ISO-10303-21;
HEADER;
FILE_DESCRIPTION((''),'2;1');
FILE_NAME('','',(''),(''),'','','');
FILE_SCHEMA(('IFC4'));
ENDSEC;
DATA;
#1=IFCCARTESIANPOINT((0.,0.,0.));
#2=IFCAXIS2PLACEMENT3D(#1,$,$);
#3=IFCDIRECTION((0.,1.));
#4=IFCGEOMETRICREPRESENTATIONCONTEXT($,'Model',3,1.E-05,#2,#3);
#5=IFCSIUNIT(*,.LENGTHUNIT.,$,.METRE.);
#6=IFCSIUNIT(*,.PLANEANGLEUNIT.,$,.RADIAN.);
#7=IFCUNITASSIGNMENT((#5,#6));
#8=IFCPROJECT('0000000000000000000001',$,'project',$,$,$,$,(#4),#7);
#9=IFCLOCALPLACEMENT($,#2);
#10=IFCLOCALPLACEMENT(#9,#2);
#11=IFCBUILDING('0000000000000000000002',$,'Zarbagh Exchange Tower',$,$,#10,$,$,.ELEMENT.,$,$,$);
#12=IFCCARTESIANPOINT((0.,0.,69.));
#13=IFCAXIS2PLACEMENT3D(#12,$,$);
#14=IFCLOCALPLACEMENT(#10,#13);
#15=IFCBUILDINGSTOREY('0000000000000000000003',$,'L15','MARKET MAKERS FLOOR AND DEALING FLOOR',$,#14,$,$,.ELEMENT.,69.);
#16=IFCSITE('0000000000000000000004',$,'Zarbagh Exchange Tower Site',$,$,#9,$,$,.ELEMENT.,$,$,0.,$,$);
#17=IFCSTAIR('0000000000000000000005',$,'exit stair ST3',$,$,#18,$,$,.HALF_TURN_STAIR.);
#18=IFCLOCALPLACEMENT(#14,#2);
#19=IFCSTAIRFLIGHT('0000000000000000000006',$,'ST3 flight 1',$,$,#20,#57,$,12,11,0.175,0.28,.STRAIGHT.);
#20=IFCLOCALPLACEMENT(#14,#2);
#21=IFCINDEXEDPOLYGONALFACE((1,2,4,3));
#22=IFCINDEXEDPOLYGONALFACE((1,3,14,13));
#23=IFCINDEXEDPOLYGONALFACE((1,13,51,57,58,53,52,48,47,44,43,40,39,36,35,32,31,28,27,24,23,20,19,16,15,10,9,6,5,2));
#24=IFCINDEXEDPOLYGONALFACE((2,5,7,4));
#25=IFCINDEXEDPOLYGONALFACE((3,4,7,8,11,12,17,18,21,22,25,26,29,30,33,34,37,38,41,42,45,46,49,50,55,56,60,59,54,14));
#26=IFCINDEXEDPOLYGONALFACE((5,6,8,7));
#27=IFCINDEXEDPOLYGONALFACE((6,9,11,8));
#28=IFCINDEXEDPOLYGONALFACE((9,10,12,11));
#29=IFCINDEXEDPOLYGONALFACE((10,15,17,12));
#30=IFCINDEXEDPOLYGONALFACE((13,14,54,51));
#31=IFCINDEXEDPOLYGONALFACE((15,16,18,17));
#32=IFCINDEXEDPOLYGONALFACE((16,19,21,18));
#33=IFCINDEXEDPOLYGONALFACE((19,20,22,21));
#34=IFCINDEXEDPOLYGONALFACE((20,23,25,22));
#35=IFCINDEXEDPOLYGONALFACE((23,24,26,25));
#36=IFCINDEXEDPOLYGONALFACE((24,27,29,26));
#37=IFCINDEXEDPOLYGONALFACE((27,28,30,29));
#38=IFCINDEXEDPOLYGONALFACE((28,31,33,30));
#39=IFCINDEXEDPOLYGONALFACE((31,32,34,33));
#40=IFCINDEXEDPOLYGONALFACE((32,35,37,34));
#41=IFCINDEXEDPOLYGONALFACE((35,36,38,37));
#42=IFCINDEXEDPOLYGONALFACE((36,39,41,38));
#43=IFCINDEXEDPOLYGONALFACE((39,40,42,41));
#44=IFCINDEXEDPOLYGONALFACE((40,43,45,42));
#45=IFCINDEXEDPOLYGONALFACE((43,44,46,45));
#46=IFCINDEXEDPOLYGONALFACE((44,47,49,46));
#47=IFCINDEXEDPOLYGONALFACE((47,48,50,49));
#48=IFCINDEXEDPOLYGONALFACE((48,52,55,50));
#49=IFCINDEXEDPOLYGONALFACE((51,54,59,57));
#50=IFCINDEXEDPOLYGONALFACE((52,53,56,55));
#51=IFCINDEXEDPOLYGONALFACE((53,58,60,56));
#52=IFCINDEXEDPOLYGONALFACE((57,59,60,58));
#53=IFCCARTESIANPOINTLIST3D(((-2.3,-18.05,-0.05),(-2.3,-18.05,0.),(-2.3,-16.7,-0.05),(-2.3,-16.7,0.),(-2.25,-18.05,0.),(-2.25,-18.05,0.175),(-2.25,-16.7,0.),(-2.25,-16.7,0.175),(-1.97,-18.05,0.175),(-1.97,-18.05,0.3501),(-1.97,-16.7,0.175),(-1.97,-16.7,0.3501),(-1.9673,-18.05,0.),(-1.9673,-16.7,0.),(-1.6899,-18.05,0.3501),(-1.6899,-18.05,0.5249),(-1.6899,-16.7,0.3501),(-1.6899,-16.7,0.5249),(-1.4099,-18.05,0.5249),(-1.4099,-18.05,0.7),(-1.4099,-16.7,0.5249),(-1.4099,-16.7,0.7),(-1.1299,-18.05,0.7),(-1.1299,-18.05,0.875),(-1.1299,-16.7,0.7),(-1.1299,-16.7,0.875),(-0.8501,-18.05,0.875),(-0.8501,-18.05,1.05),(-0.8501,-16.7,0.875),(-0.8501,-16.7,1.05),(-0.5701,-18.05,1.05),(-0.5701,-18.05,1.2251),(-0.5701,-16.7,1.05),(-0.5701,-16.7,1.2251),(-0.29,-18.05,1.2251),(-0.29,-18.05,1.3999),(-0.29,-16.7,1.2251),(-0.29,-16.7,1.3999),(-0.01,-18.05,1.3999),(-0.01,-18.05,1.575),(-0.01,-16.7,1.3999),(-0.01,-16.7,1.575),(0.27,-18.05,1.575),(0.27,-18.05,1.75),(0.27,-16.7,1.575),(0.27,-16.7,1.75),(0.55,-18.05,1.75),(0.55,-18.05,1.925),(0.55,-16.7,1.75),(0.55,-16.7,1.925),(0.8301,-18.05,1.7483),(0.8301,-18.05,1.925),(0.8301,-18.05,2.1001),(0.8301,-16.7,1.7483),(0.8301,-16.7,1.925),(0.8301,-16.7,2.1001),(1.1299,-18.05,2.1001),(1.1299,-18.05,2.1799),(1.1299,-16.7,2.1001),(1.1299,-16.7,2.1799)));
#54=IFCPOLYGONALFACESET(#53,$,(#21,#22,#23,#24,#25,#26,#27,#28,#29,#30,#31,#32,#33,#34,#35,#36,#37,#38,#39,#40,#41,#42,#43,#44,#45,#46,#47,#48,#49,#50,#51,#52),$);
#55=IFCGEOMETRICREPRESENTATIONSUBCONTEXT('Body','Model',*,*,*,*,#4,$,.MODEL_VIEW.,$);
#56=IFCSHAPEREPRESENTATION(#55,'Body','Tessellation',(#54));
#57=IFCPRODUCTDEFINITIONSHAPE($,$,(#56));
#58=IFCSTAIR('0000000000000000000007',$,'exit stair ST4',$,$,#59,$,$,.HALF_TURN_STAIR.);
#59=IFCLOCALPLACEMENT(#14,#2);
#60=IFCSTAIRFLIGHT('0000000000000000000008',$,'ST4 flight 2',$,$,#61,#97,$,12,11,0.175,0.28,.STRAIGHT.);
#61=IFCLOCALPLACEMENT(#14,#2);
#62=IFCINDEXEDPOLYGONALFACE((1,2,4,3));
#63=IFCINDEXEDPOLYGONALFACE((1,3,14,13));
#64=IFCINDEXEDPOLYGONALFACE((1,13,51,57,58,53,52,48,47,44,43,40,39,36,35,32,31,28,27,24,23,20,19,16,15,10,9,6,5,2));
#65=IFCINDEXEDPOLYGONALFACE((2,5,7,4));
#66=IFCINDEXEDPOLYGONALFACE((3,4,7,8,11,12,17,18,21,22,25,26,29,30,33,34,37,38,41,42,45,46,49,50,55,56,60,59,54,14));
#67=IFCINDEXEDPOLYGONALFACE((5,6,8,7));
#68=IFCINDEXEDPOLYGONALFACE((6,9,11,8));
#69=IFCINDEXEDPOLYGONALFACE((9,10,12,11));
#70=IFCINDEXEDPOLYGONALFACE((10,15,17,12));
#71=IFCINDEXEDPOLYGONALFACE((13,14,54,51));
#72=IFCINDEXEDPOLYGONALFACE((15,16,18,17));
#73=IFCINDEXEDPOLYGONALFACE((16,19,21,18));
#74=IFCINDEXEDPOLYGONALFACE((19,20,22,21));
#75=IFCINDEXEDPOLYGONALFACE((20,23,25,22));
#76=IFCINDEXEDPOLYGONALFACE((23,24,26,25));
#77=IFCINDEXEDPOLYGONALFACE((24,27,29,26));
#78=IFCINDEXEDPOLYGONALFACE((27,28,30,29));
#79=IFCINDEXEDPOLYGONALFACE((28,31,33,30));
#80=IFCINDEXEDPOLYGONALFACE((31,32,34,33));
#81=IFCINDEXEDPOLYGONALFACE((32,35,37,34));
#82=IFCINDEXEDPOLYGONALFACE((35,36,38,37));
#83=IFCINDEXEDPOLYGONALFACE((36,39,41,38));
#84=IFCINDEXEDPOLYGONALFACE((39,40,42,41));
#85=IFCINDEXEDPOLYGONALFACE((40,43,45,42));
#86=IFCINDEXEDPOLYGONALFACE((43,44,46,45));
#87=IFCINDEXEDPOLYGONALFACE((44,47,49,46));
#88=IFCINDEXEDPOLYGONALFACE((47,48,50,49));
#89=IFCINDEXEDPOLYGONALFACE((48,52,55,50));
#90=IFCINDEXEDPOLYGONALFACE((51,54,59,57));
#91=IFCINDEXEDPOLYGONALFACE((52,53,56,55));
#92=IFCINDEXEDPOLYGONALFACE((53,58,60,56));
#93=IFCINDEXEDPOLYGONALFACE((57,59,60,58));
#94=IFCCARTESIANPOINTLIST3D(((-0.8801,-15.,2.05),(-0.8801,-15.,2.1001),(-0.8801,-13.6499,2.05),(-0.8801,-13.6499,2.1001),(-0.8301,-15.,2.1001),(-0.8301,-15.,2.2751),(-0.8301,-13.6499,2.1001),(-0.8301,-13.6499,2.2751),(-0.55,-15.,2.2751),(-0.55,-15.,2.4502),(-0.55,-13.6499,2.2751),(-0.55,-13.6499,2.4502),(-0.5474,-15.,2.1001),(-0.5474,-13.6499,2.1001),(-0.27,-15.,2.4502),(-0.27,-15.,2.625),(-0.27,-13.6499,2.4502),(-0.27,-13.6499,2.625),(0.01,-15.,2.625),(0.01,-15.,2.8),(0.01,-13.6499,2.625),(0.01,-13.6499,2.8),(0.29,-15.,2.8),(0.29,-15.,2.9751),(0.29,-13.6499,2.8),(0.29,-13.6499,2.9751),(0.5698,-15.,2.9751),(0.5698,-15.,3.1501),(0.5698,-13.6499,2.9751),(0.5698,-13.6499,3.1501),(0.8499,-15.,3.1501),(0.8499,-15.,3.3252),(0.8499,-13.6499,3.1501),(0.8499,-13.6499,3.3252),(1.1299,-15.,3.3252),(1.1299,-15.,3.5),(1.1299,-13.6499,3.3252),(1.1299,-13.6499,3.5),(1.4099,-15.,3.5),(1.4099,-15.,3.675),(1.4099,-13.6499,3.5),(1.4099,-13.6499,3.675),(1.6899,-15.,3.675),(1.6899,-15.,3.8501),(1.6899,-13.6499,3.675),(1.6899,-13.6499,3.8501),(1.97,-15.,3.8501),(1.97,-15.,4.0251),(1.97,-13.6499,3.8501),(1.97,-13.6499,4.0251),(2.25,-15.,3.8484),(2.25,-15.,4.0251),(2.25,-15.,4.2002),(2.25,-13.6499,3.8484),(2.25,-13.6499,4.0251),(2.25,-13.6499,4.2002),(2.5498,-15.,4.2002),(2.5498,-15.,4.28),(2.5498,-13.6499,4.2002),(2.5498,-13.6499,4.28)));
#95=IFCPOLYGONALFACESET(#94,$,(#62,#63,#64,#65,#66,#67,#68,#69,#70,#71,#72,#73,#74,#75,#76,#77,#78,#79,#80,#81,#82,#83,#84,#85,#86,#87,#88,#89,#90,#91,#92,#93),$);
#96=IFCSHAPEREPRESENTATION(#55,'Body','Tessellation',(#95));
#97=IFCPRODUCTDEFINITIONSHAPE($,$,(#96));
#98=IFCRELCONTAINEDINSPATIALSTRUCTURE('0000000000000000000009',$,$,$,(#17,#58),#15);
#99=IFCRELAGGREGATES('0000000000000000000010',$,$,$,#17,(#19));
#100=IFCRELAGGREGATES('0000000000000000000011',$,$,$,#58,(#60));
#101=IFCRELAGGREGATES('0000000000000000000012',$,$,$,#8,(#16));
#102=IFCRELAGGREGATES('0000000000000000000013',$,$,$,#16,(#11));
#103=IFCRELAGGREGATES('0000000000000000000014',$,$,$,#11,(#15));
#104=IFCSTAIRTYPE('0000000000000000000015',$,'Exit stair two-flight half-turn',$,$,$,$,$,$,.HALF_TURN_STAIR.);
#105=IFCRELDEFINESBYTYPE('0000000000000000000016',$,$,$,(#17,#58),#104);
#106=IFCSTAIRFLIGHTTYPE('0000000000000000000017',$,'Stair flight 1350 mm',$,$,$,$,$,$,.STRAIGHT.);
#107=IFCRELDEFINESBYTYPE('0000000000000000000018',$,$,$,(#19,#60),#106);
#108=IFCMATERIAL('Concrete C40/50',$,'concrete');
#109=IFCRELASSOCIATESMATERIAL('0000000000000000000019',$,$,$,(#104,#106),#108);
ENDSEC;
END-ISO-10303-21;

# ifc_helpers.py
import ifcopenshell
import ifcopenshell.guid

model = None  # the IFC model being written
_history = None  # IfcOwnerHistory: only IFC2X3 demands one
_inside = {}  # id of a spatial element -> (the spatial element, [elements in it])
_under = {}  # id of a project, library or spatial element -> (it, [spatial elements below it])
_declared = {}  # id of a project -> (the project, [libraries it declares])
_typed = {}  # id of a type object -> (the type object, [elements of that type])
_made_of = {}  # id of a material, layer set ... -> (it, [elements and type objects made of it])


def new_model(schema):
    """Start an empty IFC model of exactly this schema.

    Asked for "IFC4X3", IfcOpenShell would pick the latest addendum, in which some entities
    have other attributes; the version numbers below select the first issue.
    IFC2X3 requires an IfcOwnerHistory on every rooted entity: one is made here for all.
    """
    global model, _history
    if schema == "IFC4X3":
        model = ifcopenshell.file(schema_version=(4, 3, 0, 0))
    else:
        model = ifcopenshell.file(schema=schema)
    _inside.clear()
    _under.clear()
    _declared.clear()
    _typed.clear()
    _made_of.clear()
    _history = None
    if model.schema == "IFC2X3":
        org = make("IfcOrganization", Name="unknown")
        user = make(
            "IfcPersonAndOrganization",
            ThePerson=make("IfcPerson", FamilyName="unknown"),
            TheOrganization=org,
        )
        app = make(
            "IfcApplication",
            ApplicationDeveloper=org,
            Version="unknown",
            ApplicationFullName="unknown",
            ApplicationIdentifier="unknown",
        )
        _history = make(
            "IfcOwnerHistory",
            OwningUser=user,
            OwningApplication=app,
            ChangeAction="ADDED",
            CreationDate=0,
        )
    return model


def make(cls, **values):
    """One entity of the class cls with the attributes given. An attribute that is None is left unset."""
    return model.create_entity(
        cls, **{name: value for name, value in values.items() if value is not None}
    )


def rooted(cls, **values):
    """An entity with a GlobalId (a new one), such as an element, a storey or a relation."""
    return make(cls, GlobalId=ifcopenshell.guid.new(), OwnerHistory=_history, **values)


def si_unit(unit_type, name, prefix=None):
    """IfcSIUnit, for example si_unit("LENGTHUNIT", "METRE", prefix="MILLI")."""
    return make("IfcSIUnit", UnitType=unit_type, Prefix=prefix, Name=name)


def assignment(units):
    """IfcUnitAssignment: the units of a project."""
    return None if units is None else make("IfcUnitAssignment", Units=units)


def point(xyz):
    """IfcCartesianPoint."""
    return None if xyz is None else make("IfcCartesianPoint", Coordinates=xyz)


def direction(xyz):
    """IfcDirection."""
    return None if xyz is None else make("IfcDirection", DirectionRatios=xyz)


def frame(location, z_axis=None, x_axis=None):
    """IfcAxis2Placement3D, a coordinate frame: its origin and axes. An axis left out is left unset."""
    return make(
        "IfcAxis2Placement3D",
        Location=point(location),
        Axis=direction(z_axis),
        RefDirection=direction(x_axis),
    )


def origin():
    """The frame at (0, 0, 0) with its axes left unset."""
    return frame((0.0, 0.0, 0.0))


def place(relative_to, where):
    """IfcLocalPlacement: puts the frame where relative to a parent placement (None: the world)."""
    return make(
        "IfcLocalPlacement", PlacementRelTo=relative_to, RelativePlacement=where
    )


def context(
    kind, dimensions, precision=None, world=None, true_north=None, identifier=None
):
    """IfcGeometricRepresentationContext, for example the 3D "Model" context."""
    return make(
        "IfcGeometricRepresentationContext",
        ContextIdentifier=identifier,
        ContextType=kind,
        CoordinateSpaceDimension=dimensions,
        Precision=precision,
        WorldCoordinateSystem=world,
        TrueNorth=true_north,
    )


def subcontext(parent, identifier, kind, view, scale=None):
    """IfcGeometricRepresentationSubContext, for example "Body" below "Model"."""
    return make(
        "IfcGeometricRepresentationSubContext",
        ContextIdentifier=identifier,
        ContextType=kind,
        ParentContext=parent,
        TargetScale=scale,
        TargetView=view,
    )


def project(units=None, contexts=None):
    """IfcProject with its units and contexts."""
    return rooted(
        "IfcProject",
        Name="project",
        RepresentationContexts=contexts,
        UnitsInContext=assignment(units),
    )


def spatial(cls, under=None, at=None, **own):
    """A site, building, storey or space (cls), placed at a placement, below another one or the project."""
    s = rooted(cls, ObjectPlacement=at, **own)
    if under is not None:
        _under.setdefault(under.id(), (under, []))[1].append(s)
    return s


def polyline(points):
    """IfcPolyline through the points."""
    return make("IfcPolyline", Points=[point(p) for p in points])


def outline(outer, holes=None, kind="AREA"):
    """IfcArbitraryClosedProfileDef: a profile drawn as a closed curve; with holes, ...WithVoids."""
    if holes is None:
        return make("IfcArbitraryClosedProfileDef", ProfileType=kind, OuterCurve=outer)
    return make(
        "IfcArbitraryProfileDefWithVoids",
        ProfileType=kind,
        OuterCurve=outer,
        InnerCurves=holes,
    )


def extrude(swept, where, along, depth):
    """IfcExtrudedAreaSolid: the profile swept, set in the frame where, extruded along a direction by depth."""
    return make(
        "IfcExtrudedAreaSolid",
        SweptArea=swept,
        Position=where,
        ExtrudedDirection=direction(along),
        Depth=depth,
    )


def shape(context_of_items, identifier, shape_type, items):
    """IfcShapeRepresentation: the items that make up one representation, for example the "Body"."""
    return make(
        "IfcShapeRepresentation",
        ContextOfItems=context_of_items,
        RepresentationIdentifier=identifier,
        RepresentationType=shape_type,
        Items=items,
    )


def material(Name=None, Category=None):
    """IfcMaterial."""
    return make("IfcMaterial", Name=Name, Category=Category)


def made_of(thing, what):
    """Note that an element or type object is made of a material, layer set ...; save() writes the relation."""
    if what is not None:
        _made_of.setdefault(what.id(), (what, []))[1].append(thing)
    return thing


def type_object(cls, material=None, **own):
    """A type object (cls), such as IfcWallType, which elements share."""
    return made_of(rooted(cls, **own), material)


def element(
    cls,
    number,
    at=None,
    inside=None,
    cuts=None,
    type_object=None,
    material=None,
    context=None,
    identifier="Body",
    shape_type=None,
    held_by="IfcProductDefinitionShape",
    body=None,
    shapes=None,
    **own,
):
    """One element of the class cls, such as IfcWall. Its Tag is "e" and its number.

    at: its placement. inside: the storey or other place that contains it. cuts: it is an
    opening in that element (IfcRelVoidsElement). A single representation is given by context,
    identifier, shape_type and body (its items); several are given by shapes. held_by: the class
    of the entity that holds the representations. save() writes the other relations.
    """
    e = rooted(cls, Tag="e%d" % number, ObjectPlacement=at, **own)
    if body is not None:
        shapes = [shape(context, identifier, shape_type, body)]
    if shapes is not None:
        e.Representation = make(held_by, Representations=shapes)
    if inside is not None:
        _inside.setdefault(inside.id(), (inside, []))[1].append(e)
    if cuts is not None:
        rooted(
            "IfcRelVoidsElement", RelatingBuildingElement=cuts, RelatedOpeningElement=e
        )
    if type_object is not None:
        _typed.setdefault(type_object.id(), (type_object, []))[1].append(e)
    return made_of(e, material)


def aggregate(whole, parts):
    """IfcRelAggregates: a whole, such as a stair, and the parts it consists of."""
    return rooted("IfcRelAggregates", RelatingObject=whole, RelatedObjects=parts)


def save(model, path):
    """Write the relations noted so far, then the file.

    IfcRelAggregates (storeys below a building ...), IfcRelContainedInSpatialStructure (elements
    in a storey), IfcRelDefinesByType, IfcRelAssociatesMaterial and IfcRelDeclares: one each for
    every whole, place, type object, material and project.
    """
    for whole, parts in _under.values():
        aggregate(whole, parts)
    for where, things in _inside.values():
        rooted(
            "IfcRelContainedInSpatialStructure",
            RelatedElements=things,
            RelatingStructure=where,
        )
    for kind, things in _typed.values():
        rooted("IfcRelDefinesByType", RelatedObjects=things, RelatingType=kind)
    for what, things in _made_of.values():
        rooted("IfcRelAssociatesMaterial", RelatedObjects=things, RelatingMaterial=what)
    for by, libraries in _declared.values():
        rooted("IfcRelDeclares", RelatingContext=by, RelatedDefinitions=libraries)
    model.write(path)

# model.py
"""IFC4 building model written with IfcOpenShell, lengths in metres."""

from ifc_helpers import new_model, si_unit, direction, frame, origin, place, context, subcontext, project, spatial, polyline, outline, extrude, material, type_object, element, aggregate, save


model = new_model("IFC4")

# Units and contexts
model_context = context("Model", 3, precision=1e-05, world=origin(), true_north=direction((0.0, 1.0)))
body_context = subcontext(model_context, "Body", "Model", "MODEL_VIEW")
ifc_project = project(units=[si_unit("LENGTHUNIT", "METRE"), si_unit("PLANEANGLEUNIT", "RADIAN")], contexts=[model_context])

# Site, building, storey
site_placement = place(None, origin())
site = spatial("IfcSite", under=ifc_project, at=site_placement, Name="Zarbagh Exchange Tower Site", CompositionType="ELEMENT", RefElevation=0.0)
building_placement = place(site_placement, origin())
building = spatial("IfcBuilding", under=site, at=building_placement, Name="Zarbagh Exchange Tower", CompositionType="ELEMENT")
storey_placement = place(building_placement, frame((0.0, 0.0, 69.0)))
storey = spatial("IfcBuildingStorey", under=building, at=storey_placement, Name="L15", Description="MARKET MAKERS FLOOR AND DEALING FLOOR", CompositionType="ELEMENT", Elevation=69.0)

# Shared definitions
ifc_material_1 = material(Name="Concrete C40/50", Category="concrete")

# Stairs, stair flights
stair_type = type_object("IfcStairType", Name="Exit stair two-flight half-turn", PredefinedType="HALF_TURN_STAIR", material=ifc_material_1)
stair_1_placement = place(storey_placement, origin())
stair_1 = element("IfcStair", 1, at=stair_1_placement, inside=storey, type_object=stair_type, Name="exit stair ST3", PredefinedType="HALF_TURN_STAIR")
stair_flight_type = type_object("IfcStairFlightType", Name="Stair flight 1350 mm", PredefinedType="STRAIGHT", material=ifc_material_1)
stair_flight_1_placement = place(storey_placement, frame((-2.25, -17.375, 0.0), z_axis=(0.0, 0.0, 1.0), x_axis=(1.0, 0.0, 0.0)))
stair_flight_1 = element("IfcStairFlight", 2, at=stair_flight_1_placement, type_object=stair_flight_type, Name="ST3 flight 1", NumberOfRisers=12, NumberOfTreads=11, PredefinedType="STRAIGHT", RiserHeight=0.175, TreadLength=0.28, context=body_context, shape_type="SweptSolid", body=[
    extrude(outline(polyline([(-0.05, -0.05), (-0.05, 0.0), (0.0, 0.0), (0.0, 0.175), (0.28, 0.175), (0.28, 0.3501), (0.5601, 0.3501), (0.5601, 0.5249), (0.8401, 0.5249), (0.8401, 0.7), (1.1201, 0.7), (1.1201, 0.875), (1.3999, 0.875), (1.3999, 1.05), (1.6799, 1.05), (1.6799, 1.2251), (1.96, 1.2251), (1.96, 1.3999), (2.24, 1.3999), (2.24, 1.575), (2.52, 1.575), (2.52, 1.75), (2.8, 1.75), (2.8, 1.925), (3.0801, 1.925), (3.0801, 2.1001), (3.3799, 2.1799), (3.3799, 2.1001), (3.0801, 1.7483), (0.2827, 0.0), (-0.05, -0.05)])), frame((0.0, 0.675, 0.0), z_axis=(0.0, -1.0, 0.0), x_axis=(1.0, 0.0, 0.0)), (0.0, 0.0, 1.0), 1.3501),
])
aggregate(stair_1, [stair_flight_1])
stair_2_placement = place(storey_placement, origin())
stair_2 = element("IfcStair", 3, at=stair_2_placement, inside=storey, type_object=stair_type, Name="exit stair ST4", PredefinedType="HALF_TURN_STAIR")
stair_flight_2_placement = place(storey_placement, frame((-0.8301, -14.325, 2.1001), z_axis=(0.0, 0.0, 1.0), x_axis=(1.0, 0.0, 0.0)))
stair_flight_2 = element("IfcStairFlight", 4, at=stair_flight_2_placement, type_object=stair_flight_type, Name="ST4 flight 2", NumberOfRisers=12, NumberOfTreads=11, PredefinedType="STRAIGHT", RiserHeight=0.175, TreadLength=0.28, context=body_context, shape_type="SweptSolid", body=[
    extrude(outline(polyline([(-0.05, -0.05), (-0.05, 0.0), (0.0, 0.0), (0.0, 0.175), (0.28, 0.175), (0.28, 0.3501), (0.5601, 0.3501), (0.5601, 0.5249), (0.8401, 0.5249), (0.8401, 0.7), (1.1201, 0.7), (1.1201, 0.875), (1.3999, 0.875), (1.3999, 1.05), (1.6799, 1.05), (1.6799, 1.2251), (1.96, 1.2251), (1.96, 1.3999), (2.24, 1.3999), (2.24, 1.575), (2.52, 1.575), (2.52, 1.75), (2.8, 1.75), (2.8, 1.925), (3.0801, 1.925), (3.0801, 2.1001), (3.3799, 2.1799), (3.3799, 2.1001), (3.0801, 1.7483), (0.2827, 0.0), (-0.05, -0.05)])), frame((0.0, 0.675, 0.0), z_axis=(0.0, -1.0, 0.0), x_axis=(1.0, 0.0, 0.0)), (0.0, 0.0, 1.0), 1.3501),
])
aggregate(stair_2, [stair_flight_2])

save(model, "model.ifc")
